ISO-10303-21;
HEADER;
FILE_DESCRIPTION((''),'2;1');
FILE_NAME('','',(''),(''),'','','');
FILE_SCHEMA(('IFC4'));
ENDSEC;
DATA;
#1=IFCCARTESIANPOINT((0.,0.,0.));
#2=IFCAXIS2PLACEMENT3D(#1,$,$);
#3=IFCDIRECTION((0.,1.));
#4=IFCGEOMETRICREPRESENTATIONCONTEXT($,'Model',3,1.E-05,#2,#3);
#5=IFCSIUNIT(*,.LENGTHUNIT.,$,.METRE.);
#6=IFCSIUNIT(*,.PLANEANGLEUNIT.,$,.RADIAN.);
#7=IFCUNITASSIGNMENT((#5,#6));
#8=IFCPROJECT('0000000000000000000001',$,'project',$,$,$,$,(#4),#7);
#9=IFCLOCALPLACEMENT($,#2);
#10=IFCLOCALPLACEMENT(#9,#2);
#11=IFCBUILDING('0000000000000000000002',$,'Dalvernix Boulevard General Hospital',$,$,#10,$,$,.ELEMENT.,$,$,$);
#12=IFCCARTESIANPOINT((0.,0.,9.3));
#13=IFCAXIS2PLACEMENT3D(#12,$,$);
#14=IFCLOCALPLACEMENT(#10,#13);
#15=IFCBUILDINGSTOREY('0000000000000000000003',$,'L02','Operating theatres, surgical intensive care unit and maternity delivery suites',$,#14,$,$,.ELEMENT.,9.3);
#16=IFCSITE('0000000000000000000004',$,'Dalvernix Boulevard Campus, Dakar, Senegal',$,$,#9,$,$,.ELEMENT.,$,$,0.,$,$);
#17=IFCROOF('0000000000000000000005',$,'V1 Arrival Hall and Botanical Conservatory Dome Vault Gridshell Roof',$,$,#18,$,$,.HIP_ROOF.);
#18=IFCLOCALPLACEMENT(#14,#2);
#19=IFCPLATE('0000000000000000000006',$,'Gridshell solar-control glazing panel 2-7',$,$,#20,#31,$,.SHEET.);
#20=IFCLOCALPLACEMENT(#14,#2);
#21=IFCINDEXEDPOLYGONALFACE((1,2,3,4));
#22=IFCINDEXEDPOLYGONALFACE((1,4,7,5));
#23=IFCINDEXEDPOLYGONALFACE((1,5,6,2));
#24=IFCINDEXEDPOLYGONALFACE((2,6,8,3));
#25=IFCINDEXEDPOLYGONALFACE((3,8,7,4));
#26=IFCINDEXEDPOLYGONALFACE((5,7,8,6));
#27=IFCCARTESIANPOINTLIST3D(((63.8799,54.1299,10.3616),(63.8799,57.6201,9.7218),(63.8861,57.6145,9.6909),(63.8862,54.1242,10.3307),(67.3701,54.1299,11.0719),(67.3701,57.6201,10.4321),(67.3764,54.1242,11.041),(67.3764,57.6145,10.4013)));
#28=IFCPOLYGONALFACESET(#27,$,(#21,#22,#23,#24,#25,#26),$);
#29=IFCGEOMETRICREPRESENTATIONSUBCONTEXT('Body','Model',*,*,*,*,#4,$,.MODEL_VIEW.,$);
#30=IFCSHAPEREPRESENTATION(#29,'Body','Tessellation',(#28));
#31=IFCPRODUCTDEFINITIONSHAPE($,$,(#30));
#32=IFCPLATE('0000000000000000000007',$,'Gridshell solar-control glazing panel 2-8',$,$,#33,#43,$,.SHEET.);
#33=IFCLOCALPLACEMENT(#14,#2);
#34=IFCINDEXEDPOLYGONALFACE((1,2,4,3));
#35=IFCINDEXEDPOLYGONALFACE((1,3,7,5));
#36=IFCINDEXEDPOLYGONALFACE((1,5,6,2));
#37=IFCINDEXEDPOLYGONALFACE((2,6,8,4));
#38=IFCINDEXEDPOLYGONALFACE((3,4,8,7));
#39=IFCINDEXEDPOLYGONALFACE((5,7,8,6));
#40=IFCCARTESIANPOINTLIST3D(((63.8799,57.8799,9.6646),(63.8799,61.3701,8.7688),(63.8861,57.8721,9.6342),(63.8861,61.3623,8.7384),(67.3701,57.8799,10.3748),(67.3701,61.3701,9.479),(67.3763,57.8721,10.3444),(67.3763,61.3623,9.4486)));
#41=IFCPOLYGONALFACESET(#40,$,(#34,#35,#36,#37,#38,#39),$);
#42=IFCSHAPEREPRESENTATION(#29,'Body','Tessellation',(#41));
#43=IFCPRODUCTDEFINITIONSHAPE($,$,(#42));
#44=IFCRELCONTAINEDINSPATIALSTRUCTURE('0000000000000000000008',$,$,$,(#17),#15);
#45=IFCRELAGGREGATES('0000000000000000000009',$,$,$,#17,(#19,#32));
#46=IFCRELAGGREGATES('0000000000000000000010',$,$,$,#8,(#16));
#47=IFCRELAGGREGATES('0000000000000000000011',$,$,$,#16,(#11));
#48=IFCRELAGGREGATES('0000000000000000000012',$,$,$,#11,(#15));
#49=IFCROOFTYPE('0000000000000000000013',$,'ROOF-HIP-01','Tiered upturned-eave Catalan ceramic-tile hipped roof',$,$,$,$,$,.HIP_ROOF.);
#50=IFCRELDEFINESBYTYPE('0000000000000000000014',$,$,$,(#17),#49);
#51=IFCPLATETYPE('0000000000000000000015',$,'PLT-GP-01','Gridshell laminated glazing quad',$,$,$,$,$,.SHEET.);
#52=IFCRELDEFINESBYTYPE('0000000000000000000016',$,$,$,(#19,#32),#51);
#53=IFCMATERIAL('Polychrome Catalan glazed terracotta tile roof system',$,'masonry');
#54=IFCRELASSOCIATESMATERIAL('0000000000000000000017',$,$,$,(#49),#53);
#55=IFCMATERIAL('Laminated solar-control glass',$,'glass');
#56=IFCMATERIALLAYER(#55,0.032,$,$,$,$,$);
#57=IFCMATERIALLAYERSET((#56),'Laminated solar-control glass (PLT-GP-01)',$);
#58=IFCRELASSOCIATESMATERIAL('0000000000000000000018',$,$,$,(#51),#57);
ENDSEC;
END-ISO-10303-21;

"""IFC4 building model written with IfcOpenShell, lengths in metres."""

from ifc_helpers import new_model, si_unit, direction, frame, origin, place, context, subcontext, project, spatial, polyline, outline, extrude, material, layer, layer_set, type_object, element, aggregate, save


model = new_model("IFC4")

# Units and contexts
model_context = context("Model", 3, precision=1e-05, world=origin(), true_north=direction((0.0, 1.0)))
body_context = subcontext(model_context, "Body", "Model", "MODEL_VIEW")
ifc_project = project(units=[si_unit("LENGTHUNIT", "METRE"), si_unit("PLANEANGLEUNIT", "RADIAN")], contexts=[model_context])

# Site, building, storey
site_placement = place(None, origin())
site = spatial("IfcSite", under=ifc_project, at=site_placement, Name="Dalvernix Boulevard Campus, Dakar, Senegal", CompositionType="ELEMENT", RefElevation=0.0)
building_placement = place(site_placement, origin())
building = spatial("IfcBuilding", under=site, at=building_placement, Name="Dalvernix Boulevard General Hospital", CompositionType="ELEMENT")
storey_placement = place(building_placement, frame((0.0, 0.0, 9.3)))
storey = spatial("IfcBuildingStorey", under=building, at=storey_placement, Name="L02", Description="Operating theatres, surgical intensive care unit and maternity delivery suites", CompositionType="ELEMENT", Elevation=9.3)

# Roof, plates
ifc_material_1 = material(Name="Polychrome Catalan glazed terracotta tile roof system", Category="masonry")
roof_type = type_object("IfcRoofType", Name="ROOF-HIP-01", Description="Tiered upturned-eave Catalan ceramic-tile hipped roof", PredefinedType="HIP_ROOF", material=ifc_material_1)
roof_placement = place(storey_placement, origin())
roof = element("IfcRoof", 1, at=roof_placement, inside=storey, type_object=roof_type, Name="V1 Arrival Hall and Botanical Conservatory Dome Vault Gridshell Roof", PredefinedType="HIP_ROOF")
ifc_material_2 = material(Name="Laminated solar-control glass", Category="glass")
ifc_layer_1 = layer(ifc_material_2, 0.032)
ifc_layer_set_1 = layer_set([ifc_layer_1], Name="Laminated solar-control glass (PLT-GP-01)")
plate_type = type_object("IfcPlateType", Name="PLT-GP-01", Description="Gridshell laminated glazing quad", PredefinedType="SHEET", material=ifc_layer_set_1)
plate_1_placement = place(storey_placement, frame((63.8799, 54.1299, 10.3616), z_axis=(-0.196289, 0.176792, 0.964477), x_axis=(0.979912, 0.000006, 0.199429)))
plate_1 = element("IfcPlate", 2, at=plate_1_placement, type_object=plate_type, Name="Gridshell solar-control glazing panel 2-7", PredefinedType="SHEET", context=body_context, shape_type="SweptSolid", body=[
    extrude(outline(polyline([(0.0, 0.0), (3.5618, 0.0), (3.4342, 3.5461), (-0.1276, 3.5461), (0.0, 0.0)])), origin(), (0.0, 0.0, -1.0), 0.032),
])
plate_2_placement = place(storey_placement, frame((63.8799, 57.8799, 9.6646), z_axis=(-0.193376, 0.243897, 0.950326), x_axis=(0.979919, 0.0, 0.199397)))
plate_2 = element("IfcPlate", 3, at=plate_2_placement, type_object=plate_type, Name="Gridshell solar-control glazing panel 2-8", PredefinedType="SHEET", context=body_context, shape_type="SweptSolid", body=[
    extrude(outline(polyline([(0.0, 0.0), (3.5618, 0.0), (3.3831, 3.5989), (-0.1786, 3.5989), (0.0, 0.0)])), origin(), (0.0, 0.0, -1.0), 0.032),
])
aggregate(roof, [plate_1, plate_2])

save(model, "model.ifc")
